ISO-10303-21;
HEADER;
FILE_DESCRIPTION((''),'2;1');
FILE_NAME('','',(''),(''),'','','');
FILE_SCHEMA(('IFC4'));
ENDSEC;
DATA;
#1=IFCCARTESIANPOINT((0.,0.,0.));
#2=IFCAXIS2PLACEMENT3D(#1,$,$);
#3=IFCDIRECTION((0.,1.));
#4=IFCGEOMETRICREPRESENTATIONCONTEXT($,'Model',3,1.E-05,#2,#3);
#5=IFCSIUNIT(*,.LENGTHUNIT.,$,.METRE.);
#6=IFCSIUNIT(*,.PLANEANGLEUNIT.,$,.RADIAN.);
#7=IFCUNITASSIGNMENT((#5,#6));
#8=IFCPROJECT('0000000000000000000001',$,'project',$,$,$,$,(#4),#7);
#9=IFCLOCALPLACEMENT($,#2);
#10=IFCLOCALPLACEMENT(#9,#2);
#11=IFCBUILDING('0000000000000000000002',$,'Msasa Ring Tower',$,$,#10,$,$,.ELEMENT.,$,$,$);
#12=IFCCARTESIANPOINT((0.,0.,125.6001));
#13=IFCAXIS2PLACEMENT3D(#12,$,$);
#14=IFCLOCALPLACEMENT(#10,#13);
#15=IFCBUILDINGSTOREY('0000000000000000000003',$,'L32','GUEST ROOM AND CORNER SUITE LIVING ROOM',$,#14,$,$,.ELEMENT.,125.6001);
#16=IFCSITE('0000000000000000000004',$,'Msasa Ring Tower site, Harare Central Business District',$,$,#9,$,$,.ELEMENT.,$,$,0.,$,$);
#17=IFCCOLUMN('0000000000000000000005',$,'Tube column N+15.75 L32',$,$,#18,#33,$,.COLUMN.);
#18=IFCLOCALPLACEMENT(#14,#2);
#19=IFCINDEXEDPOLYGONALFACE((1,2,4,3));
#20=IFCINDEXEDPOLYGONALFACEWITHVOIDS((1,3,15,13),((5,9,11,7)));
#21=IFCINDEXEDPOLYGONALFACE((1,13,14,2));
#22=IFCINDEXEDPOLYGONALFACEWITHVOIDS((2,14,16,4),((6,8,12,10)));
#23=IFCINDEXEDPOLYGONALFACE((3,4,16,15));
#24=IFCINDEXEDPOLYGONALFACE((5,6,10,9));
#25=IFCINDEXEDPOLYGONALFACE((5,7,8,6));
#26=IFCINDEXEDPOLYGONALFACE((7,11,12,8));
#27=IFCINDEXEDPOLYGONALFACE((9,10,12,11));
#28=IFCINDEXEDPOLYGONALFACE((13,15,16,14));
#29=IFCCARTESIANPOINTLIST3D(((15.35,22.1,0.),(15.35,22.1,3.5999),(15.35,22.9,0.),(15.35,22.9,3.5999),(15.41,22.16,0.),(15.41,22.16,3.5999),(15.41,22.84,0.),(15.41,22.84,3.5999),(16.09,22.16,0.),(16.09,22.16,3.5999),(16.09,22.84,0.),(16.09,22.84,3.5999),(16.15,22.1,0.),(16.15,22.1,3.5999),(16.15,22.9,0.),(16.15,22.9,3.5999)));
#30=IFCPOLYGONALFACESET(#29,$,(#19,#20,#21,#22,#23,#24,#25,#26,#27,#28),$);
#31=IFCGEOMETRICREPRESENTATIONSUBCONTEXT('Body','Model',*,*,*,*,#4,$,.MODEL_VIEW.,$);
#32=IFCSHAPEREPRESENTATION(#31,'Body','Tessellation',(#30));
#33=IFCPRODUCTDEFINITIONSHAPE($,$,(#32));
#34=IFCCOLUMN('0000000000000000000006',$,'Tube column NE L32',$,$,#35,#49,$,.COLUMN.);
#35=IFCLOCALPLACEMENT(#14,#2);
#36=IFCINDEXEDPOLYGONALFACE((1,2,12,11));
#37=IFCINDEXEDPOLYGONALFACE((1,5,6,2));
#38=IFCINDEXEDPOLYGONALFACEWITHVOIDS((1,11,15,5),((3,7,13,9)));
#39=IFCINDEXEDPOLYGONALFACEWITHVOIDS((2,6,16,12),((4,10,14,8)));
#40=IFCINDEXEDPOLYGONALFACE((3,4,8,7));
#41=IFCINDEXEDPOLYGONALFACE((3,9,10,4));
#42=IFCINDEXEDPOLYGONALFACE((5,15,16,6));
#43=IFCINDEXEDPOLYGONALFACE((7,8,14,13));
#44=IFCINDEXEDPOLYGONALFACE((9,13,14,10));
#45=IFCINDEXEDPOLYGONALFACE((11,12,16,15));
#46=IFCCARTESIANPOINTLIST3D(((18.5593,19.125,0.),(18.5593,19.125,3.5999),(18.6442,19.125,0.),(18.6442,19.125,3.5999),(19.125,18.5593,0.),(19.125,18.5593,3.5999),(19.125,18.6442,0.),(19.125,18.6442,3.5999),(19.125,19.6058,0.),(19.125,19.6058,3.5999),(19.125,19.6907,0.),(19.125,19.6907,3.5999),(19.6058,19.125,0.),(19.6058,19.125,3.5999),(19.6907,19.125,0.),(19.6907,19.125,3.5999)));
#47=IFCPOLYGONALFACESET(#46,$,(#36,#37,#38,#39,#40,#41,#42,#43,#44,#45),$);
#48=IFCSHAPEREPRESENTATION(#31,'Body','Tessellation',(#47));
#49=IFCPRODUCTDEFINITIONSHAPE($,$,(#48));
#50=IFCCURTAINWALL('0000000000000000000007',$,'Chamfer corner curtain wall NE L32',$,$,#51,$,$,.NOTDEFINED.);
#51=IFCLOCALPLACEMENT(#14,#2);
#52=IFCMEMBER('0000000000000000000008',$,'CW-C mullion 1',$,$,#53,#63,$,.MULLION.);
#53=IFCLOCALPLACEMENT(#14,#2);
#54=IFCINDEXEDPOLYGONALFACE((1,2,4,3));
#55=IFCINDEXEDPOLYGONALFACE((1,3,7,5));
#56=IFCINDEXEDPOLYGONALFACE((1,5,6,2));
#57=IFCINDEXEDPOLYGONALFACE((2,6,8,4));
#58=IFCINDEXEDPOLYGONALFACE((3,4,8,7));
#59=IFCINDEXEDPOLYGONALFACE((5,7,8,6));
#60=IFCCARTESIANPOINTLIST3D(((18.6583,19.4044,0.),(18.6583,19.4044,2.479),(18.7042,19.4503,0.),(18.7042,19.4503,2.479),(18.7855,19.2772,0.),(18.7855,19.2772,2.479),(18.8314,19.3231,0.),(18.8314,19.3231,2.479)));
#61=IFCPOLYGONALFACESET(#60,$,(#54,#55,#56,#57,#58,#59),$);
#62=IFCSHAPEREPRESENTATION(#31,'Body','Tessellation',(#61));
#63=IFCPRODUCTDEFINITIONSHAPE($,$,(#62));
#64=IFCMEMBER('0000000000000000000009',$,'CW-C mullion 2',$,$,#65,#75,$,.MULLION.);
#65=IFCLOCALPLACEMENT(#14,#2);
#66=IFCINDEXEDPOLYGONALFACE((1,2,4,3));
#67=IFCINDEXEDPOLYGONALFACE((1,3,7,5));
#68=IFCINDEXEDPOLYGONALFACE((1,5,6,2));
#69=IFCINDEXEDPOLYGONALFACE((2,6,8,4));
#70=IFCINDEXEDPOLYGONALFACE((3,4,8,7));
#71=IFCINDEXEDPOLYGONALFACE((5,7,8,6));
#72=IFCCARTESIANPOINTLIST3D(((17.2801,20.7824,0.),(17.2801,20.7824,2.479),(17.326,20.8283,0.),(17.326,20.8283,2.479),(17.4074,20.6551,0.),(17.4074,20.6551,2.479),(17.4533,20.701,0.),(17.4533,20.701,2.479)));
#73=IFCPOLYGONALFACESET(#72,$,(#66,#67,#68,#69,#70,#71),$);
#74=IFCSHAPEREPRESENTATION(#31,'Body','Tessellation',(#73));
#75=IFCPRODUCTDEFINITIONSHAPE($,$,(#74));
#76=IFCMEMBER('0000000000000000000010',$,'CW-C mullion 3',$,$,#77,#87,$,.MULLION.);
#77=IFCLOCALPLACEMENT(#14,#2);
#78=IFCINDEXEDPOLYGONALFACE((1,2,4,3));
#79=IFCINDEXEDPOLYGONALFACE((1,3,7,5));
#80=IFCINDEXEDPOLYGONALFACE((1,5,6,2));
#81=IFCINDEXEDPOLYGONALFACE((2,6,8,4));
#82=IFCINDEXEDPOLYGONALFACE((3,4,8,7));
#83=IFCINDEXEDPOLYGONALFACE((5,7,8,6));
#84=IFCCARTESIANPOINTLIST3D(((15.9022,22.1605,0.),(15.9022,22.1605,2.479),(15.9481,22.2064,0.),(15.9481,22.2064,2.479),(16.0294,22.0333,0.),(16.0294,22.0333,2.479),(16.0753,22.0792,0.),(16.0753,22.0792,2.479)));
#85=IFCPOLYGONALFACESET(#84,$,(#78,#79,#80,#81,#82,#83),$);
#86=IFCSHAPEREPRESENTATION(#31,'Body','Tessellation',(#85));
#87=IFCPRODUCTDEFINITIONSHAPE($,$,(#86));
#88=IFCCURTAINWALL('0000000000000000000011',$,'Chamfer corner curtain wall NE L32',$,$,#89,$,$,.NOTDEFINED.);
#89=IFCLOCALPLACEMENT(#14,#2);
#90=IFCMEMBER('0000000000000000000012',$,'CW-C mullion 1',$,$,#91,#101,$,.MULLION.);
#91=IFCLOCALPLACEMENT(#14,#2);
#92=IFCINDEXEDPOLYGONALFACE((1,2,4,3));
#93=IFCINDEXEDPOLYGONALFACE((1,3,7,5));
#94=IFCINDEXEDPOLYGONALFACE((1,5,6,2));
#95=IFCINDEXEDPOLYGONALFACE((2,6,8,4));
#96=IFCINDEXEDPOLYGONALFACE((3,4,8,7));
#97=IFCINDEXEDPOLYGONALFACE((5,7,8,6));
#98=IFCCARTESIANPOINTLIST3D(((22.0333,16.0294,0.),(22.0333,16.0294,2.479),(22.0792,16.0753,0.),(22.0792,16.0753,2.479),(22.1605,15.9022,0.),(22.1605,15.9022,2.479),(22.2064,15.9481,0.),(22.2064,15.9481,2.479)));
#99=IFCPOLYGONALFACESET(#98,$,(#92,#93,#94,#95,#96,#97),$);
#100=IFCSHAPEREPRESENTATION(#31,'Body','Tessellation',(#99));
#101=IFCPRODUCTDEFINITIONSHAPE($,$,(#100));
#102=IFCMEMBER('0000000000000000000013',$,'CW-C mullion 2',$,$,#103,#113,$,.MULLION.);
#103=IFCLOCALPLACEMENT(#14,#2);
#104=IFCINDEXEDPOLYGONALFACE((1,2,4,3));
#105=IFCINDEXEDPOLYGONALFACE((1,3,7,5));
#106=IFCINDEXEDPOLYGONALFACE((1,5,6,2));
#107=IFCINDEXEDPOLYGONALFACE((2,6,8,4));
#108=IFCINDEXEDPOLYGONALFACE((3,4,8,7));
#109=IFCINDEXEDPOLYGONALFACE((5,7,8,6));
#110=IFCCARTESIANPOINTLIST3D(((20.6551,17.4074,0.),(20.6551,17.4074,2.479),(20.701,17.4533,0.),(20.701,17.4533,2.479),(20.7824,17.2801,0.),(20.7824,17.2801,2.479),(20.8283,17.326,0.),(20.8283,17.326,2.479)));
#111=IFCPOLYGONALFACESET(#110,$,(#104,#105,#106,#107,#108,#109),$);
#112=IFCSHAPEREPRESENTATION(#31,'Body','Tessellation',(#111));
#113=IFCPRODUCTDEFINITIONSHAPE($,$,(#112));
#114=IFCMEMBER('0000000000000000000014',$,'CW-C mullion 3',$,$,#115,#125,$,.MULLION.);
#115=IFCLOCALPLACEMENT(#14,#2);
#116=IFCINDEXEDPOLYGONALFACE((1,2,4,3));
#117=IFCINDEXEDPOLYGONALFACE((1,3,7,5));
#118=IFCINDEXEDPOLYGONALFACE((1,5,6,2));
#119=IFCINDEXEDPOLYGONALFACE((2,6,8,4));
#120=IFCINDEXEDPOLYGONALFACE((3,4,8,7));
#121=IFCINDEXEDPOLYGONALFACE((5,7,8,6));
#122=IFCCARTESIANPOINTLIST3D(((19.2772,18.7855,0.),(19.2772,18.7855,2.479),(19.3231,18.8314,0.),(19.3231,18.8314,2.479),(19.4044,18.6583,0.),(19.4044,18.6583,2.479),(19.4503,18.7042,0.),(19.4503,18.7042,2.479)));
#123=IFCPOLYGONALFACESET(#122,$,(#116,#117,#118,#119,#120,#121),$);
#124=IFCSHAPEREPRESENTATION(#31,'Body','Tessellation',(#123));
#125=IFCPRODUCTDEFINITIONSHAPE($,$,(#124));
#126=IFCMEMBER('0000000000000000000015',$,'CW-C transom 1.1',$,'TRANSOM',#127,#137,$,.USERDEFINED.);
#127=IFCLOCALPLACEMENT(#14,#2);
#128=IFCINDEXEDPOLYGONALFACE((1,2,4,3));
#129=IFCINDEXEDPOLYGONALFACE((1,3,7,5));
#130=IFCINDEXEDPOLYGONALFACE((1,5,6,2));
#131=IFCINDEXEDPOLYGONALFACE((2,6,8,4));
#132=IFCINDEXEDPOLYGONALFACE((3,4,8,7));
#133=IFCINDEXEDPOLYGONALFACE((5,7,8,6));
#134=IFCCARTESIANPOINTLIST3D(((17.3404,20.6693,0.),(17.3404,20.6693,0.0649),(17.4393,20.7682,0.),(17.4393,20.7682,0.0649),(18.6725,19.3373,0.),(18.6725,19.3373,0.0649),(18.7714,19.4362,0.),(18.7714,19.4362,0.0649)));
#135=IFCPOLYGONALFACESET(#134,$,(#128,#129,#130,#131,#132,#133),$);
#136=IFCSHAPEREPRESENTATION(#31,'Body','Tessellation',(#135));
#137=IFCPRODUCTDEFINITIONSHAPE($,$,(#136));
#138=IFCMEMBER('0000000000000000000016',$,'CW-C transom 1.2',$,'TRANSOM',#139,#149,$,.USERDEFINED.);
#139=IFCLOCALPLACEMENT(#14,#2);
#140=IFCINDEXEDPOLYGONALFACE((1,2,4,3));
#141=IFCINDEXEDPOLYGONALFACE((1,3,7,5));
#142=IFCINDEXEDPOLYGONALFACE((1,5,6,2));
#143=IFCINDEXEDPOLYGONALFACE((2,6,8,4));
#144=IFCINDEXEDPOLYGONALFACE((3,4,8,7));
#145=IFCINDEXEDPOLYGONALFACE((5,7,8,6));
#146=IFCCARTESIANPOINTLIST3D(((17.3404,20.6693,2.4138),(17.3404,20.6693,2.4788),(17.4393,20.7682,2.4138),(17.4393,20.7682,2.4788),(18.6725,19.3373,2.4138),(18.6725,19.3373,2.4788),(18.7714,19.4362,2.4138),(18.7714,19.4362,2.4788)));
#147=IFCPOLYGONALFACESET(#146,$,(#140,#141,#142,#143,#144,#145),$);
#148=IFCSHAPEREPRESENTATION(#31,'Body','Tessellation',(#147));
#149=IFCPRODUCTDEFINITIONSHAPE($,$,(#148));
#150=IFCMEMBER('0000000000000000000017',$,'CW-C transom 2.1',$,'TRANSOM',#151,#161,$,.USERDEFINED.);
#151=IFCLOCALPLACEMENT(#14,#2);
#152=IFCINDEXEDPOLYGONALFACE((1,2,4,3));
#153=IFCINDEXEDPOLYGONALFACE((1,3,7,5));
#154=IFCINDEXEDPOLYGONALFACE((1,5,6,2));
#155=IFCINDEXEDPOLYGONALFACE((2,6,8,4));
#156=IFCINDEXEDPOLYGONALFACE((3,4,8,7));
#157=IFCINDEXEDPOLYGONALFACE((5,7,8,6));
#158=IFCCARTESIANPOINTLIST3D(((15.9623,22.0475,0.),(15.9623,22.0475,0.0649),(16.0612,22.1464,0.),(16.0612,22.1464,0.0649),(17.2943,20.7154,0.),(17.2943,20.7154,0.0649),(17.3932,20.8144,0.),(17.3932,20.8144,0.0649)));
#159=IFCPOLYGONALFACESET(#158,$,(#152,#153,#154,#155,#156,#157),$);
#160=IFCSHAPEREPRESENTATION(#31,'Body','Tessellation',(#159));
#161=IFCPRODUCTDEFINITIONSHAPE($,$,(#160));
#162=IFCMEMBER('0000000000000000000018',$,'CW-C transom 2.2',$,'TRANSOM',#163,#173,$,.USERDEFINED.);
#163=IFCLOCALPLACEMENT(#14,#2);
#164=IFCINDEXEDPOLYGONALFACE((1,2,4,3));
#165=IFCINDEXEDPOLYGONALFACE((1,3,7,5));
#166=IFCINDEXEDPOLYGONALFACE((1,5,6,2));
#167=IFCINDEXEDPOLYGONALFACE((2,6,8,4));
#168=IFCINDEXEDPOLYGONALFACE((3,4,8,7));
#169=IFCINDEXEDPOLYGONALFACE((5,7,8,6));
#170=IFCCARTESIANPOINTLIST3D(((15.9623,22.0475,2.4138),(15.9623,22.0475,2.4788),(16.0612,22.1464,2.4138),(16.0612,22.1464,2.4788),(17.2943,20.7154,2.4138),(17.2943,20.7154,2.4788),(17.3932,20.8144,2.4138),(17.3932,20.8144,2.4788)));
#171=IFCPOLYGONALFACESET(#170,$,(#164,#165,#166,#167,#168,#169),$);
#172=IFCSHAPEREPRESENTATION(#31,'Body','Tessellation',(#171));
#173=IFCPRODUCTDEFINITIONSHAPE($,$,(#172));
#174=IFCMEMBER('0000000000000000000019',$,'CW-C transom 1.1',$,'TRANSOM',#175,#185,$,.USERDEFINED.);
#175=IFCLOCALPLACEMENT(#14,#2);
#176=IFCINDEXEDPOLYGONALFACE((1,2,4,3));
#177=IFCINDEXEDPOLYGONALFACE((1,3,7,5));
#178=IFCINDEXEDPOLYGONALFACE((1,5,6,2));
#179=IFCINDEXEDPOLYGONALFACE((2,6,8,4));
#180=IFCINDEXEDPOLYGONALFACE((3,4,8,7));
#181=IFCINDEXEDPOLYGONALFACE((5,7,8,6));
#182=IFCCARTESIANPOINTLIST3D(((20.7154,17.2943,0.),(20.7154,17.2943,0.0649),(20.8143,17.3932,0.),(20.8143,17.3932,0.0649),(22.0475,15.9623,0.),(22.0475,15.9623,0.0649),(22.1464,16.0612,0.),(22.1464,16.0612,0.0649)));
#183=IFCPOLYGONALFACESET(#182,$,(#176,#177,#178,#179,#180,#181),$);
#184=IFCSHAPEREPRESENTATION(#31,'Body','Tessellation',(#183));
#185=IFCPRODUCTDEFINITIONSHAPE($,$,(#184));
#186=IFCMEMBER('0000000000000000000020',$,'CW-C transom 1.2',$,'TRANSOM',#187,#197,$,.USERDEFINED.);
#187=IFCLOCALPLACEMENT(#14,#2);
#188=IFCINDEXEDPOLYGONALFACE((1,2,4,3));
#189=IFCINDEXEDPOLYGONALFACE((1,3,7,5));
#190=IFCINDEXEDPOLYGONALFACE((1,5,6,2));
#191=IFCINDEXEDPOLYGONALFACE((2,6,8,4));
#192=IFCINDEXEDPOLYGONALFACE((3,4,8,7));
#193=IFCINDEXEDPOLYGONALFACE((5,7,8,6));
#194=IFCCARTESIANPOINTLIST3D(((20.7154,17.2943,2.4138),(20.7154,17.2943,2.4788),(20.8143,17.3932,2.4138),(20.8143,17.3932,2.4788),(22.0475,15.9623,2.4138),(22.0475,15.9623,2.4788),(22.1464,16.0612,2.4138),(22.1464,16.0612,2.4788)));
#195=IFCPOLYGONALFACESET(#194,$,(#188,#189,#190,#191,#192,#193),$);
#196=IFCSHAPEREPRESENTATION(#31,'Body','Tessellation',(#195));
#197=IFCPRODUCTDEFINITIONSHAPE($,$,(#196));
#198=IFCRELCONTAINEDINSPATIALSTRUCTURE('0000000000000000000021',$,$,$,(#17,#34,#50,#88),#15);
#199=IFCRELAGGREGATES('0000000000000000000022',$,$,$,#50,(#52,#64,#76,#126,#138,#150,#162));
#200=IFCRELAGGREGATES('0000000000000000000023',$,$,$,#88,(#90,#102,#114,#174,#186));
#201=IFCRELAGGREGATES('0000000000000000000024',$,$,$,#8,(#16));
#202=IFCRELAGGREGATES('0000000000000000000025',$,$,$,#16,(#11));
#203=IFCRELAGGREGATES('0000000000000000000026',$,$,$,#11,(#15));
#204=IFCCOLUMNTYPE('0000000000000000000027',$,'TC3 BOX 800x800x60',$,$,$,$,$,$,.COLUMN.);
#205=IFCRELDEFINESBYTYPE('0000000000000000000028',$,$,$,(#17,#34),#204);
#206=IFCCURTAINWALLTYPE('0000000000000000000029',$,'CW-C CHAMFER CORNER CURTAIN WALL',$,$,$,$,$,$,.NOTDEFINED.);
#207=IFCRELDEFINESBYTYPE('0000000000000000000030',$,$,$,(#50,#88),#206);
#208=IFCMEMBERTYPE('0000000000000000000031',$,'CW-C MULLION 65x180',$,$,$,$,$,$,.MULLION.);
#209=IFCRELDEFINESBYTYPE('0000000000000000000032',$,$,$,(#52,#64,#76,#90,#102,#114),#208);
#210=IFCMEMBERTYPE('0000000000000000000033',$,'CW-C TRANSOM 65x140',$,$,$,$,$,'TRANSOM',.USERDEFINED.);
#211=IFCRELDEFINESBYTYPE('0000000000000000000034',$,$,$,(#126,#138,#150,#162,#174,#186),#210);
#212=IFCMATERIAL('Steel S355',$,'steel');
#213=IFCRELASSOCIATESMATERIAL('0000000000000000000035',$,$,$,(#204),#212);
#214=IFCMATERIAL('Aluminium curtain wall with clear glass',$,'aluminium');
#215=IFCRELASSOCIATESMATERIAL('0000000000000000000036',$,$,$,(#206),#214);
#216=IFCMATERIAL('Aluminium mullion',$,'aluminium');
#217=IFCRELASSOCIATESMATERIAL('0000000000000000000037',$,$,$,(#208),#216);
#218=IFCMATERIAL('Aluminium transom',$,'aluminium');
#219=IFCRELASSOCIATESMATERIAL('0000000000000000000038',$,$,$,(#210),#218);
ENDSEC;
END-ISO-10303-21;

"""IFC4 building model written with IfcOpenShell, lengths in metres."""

from ifc_helpers import new_model, si_unit, direction, frame, origin, origin_2d, place, context, subcontext, project, spatial, rectangle, hollow_rectangle, extrude, material, material_profile, profile_set, type_object, element, aggregate, save


model = new_model("IFC4")

# Units and contexts
model_context = context("Model", 3, precision=1e-05, world=origin(), true_north=direction((0.0, 1.0)))
body_context = subcontext(model_context, "Body", "Model", "MODEL_VIEW")
ifc_project = project(units=[si_unit("LENGTHUNIT", "METRE"), si_unit("PLANEANGLEUNIT", "RADIAN")], contexts=[model_context])

# Site, building, storey
site_placement = place(None, origin())
site = spatial("IfcSite", under=ifc_project, at=site_placement, Name="Msasa Ring Tower site, Harare Central Business District", CompositionType="ELEMENT", RefElevation=0.0)
building_placement = place(site_placement, origin())
building = spatial("IfcBuilding", under=site, at=building_placement, Name="Msasa Ring Tower", CompositionType="ELEMENT")
storey_placement = place(building_placement, frame((0.0, 0.0, 125.6001)))
storey = spatial("IfcBuildingStorey", under=building, at=storey_placement, Name="L32", Description="GUEST ROOM AND CORNER SUITE LIVING ROOM", CompositionType="ELEMENT", Elevation=125.6001)

# Columns
ifc_material_1 = material(Name="Steel S355", Category="steel")
ifc_material_profile_1 = material_profile(ifc_material_1, hollow_rectangle(XDim=0.8, YDim=0.8, WallThickness=0.0601, at=origin_2d()), Name="BOX 800x800x60")
ifc_profile_set_1 = profile_set([ifc_material_profile_1], Name="Steel S355")
column_type = type_object("IfcColumnType", Name="TC3 BOX 800x800x60", PredefinedType="COLUMN", material=ifc_profile_set_1)
for number, where, z_axis, x_axis, name in (
    (1, (15.75, 22.5, 0.0), (0.0, 0.0, 1.0), (0.0, 1.0, 0.0), "Tube column N+15.75 L32"),
    (2, (19.125, 19.125, 0.0), (0.0, 0.0, 1.0), (0.707107, 0.707107, 0.0), "Tube column NE L32"),
):
    element("IfcColumn", number, at=place(storey_placement, frame(where, z_axis=z_axis, x_axis=x_axis)), inside=storey, type_object=column_type, Name=name, PredefinedType="COLUMN", context=body_context, shape_type="SweptSolid", body=[
        extrude(hollow_rectangle(XDim=0.8, YDim=0.8, WallThickness=0.0601, at=origin_2d()), origin(), (0.0, 0.0, 1.0), 3.5999),
    ])

# Curtain walls, members
ifc_material_2 = material(Name="Aluminium curtain wall with clear glass", Category="aluminium")
curtain_wall_type = type_object("IfcCurtainWallType", Name="CW-C CHAMFER CORNER CURTAIN WALL", PredefinedType="NOTDEFINED", material=ifc_material_2)
curtain_wall_1_placement = place(storey_placement, origin())
curtain_wall_1 = element("IfcCurtainWall", 3, at=curtain_wall_1_placement, inside=storey, type_object=curtain_wall_type, Name="Chamfer corner curtain wall NE L32", PredefinedType="NOTDEFINED")
ifc_material_3 = material(Name="Aluminium mullion", Category="aluminium")
ifc_material_profile_2 = material_profile(ifc_material_3, rectangle(XDim=0.0649, YDim=0.1799, at=origin_2d()), Name="AL 65x180")
ifc_profile_set_2 = profile_set([ifc_material_profile_2], Name="Aluminium mullion")
member_type_1 = type_object("IfcMemberType", Name="CW-C MULLION 65x180", PredefinedType="MULLION", material=ifc_profile_set_2)
member_1_placement = place(storey_placement, frame((18.7449, 19.3638, 0.0), z_axis=(0.0, 0.0, 1.0), x_axis=(-0.707107, -0.707107, 0.0)))
member_1 = element("IfcMember", 4, at=member_1_placement, type_object=member_type_1, Name="CW-C mullion 1", PredefinedType="MULLION", context=body_context, shape_type="SweptSolid", body=[
    extrude(rectangle(XDim=0.0649, YDim=0.1799, at=origin_2d()), origin(), (0.0, 0.0, 1.0), 2.479),
])
member_2_placement = place(storey_placement, frame((17.3667, 20.7417, 0.0), z_axis=(0.0, 0.0, 1.0), x_axis=(-0.707107, -0.707107, 0.0)))
member_2 = element("IfcMember", 5, at=member_2_placement, type_object=member_type_1, Name="CW-C mullion 2", PredefinedType="MULLION", context=body_context, shape_type="SweptSolid", body=[
    extrude(rectangle(XDim=0.0649, YDim=0.1799, at=origin_2d()), origin(), (0.0, 0.0, 1.0), 2.479),
])
member_3_placement = place(storey_placement, frame((15.9888, 22.1199, 0.0), z_axis=(0.0, 0.0, 1.0), x_axis=(-0.707107, -0.707107, 0.0)))
member_3 = element("IfcMember", 6, at=member_3_placement, type_object=member_type_1, Name="CW-C mullion 3", PredefinedType="MULLION", context=body_context, shape_type="SweptSolid", body=[
    extrude(rectangle(XDim=0.0649, YDim=0.1799, at=origin_2d()), origin(), (0.0, 0.0, 1.0), 2.479),
])
curtain_wall_2_placement = place(storey_placement, origin())
curtain_wall_2 = element("IfcCurtainWall", 7, at=curtain_wall_2_placement, inside=storey, type_object=curtain_wall_type, Name="Chamfer corner curtain wall NE L32", PredefinedType="NOTDEFINED")
member_4_placement = place(storey_placement, frame((22.1199, 15.9888, 0.0), z_axis=(0.0, 0.0, 1.0), x_axis=(-0.707107, -0.707107, 0.0)))
member_4 = element("IfcMember", 8, at=member_4_placement, type_object=member_type_1, Name="CW-C mullion 1", PredefinedType="MULLION", context=body_context, shape_type="SweptSolid", body=[
    extrude(rectangle(XDim=0.0649, YDim=0.1799, at=origin_2d()), origin(), (0.0, 0.0, 1.0), 2.479),
])
member_5_placement = place(storey_placement, frame((20.7417, 17.3667, 0.0), z_axis=(0.0, 0.0, 1.0), x_axis=(-0.707107, -0.707107, 0.0)))
member_5 = element("IfcMember", 9, at=member_5_placement, type_object=member_type_1, Name="CW-C mullion 2", PredefinedType="MULLION", context=body_context, shape_type="SweptSolid", body=[
    extrude(rectangle(XDim=0.0649, YDim=0.1799, at=origin_2d()), origin(), (0.0, 0.0, 1.0), 2.479),
])
member_6_placement = place(storey_placement, frame((19.3638, 18.7449, 0.0), z_axis=(0.0, 0.0, 1.0), x_axis=(-0.707107, -0.707107, 0.0)))
member_6 = element("IfcMember", 10, at=member_6_placement, type_object=member_type_1, Name="CW-C mullion 3", PredefinedType="MULLION", context=body_context, shape_type="SweptSolid", body=[
    extrude(rectangle(XDim=0.0649, YDim=0.1799, at=origin_2d()), origin(), (0.0, 0.0, 1.0), 2.479),
])

# Members
ifc_material_4 = material(Name="Aluminium transom", Category="aluminium")
ifc_material_profile_3 = material_profile(ifc_material_4, rectangle(XDim=0.1399, YDim=0.0649, at=origin_2d()), Name="AL 65x140")
ifc_profile_set_3 = profile_set([ifc_material_profile_3], Name="Aluminium transom")
member_type_2 = type_object("IfcMemberType", Name="CW-C TRANSOM 65x140", ElementType="TRANSOM", PredefinedType="USERDEFINED", material=ifc_profile_set_3)
member_7_placement = place(storey_placement, frame((18.7219, 19.3867, 0.0325), z_axis=(-0.707107, 0.707107, 0.0), x_axis=(-0.707107, -0.707107, 0.0)))
member_7 = element("IfcMember", 11, at=member_7_placement, type_object=member_type_2, Name="CW-C transom 1.1", ObjectType="TRANSOM", PredefinedType="USERDEFINED", context=body_context, shape_type="SweptSolid", body=[
    extrude(rectangle(XDim=0.1399, YDim=0.0649, at=origin_2d()), origin(), (0.0, 0.0, 1.0), 1.8838),
])
member_8_placement = place(storey_placement, frame((18.7219, 19.3867, 2.4463), z_axis=(-0.707107, 0.707107, 0.0), x_axis=(-0.707107, -0.707107, 0.0)))
member_8 = element("IfcMember", 12, at=member_8_placement, type_object=member_type_2, Name="CW-C transom 1.2", ObjectType="TRANSOM", PredefinedType="USERDEFINED", context=body_context, shape_type="SweptSolid", body=[
    extrude(rectangle(XDim=0.1399, YDim=0.0649, at=origin_2d()), origin(), (0.0, 0.0, 1.0), 1.8838),
])
member_9_placement = place(storey_placement, frame((17.3438, 20.7649, 0.0325), z_axis=(-0.707107, 0.707107, 0.0), x_axis=(-0.707107, -0.707107, 0.0)))
member_9 = element("IfcMember", 13, at=member_9_placement, type_object=member_type_2, Name="CW-C transom 2.1", ObjectType="TRANSOM", PredefinedType="USERDEFINED", context=body_context, shape_type="SweptSolid", body=[
    extrude(rectangle(XDim=0.1399, YDim=0.0649, at=origin_2d()), origin(), (0.0, 0.0, 1.0), 1.8838),
])
member_10_placement = place(storey_placement, frame((17.3438, 20.7649, 2.4463), z_axis=(-0.707107, 0.707107, 0.0), x_axis=(-0.707107, -0.707107, 0.0)))
member_10 = element("IfcMember", 14, at=member_10_placement, type_object=member_type_2, Name="CW-C transom 2.2", ObjectType="TRANSOM", PredefinedType="USERDEFINED", context=body_context, shape_type="SweptSolid", body=[
    extrude(rectangle(XDim=0.1399, YDim=0.0649, at=origin_2d()), origin(), (0.0, 0.0, 1.0), 1.8838),
])
member_11_placement = place(storey_placement, frame((22.0969, 16.0117, 0.0325), z_axis=(-0.707107, 0.707107, 0.0), x_axis=(-0.707107, -0.707107, 0.0)))
member_11 = element("IfcMember", 15, at=member_11_placement, type_object=member_type_2, Name="CW-C transom 1.1", ObjectType="TRANSOM", PredefinedType="USERDEFINED", context=body_context, shape_type="SweptSolid", body=[
    extrude(rectangle(XDim=0.1399, YDim=0.0649, at=origin_2d()), origin(), (0.0, 0.0, 1.0), 1.8838),
])
member_12_placement = place(storey_placement, frame((22.0969, 16.0117, 2.4463), z_axis=(-0.707107, 0.707107, 0.0), x_axis=(-0.707107, -0.707107, 0.0)))
member_12 = element("IfcMember", 16, at=member_12_placement, type_object=member_type_2, Name="CW-C transom 1.2", ObjectType="TRANSOM", PredefinedType="USERDEFINED", context=body_context, shape_type="SweptSolid", body=[
    extrude(rectangle(XDim=0.1399, YDim=0.0649, at=origin_2d()), origin(), (0.0, 0.0, 1.0), 1.8838),
])

aggregate(curtain_wall_1, [member_1, member_2, member_3, member_7, member_8, member_9, member_10])
aggregate(curtain_wall_2, [member_4, member_5, member_6, member_11, member_12])

save(model, "model.ifc")
